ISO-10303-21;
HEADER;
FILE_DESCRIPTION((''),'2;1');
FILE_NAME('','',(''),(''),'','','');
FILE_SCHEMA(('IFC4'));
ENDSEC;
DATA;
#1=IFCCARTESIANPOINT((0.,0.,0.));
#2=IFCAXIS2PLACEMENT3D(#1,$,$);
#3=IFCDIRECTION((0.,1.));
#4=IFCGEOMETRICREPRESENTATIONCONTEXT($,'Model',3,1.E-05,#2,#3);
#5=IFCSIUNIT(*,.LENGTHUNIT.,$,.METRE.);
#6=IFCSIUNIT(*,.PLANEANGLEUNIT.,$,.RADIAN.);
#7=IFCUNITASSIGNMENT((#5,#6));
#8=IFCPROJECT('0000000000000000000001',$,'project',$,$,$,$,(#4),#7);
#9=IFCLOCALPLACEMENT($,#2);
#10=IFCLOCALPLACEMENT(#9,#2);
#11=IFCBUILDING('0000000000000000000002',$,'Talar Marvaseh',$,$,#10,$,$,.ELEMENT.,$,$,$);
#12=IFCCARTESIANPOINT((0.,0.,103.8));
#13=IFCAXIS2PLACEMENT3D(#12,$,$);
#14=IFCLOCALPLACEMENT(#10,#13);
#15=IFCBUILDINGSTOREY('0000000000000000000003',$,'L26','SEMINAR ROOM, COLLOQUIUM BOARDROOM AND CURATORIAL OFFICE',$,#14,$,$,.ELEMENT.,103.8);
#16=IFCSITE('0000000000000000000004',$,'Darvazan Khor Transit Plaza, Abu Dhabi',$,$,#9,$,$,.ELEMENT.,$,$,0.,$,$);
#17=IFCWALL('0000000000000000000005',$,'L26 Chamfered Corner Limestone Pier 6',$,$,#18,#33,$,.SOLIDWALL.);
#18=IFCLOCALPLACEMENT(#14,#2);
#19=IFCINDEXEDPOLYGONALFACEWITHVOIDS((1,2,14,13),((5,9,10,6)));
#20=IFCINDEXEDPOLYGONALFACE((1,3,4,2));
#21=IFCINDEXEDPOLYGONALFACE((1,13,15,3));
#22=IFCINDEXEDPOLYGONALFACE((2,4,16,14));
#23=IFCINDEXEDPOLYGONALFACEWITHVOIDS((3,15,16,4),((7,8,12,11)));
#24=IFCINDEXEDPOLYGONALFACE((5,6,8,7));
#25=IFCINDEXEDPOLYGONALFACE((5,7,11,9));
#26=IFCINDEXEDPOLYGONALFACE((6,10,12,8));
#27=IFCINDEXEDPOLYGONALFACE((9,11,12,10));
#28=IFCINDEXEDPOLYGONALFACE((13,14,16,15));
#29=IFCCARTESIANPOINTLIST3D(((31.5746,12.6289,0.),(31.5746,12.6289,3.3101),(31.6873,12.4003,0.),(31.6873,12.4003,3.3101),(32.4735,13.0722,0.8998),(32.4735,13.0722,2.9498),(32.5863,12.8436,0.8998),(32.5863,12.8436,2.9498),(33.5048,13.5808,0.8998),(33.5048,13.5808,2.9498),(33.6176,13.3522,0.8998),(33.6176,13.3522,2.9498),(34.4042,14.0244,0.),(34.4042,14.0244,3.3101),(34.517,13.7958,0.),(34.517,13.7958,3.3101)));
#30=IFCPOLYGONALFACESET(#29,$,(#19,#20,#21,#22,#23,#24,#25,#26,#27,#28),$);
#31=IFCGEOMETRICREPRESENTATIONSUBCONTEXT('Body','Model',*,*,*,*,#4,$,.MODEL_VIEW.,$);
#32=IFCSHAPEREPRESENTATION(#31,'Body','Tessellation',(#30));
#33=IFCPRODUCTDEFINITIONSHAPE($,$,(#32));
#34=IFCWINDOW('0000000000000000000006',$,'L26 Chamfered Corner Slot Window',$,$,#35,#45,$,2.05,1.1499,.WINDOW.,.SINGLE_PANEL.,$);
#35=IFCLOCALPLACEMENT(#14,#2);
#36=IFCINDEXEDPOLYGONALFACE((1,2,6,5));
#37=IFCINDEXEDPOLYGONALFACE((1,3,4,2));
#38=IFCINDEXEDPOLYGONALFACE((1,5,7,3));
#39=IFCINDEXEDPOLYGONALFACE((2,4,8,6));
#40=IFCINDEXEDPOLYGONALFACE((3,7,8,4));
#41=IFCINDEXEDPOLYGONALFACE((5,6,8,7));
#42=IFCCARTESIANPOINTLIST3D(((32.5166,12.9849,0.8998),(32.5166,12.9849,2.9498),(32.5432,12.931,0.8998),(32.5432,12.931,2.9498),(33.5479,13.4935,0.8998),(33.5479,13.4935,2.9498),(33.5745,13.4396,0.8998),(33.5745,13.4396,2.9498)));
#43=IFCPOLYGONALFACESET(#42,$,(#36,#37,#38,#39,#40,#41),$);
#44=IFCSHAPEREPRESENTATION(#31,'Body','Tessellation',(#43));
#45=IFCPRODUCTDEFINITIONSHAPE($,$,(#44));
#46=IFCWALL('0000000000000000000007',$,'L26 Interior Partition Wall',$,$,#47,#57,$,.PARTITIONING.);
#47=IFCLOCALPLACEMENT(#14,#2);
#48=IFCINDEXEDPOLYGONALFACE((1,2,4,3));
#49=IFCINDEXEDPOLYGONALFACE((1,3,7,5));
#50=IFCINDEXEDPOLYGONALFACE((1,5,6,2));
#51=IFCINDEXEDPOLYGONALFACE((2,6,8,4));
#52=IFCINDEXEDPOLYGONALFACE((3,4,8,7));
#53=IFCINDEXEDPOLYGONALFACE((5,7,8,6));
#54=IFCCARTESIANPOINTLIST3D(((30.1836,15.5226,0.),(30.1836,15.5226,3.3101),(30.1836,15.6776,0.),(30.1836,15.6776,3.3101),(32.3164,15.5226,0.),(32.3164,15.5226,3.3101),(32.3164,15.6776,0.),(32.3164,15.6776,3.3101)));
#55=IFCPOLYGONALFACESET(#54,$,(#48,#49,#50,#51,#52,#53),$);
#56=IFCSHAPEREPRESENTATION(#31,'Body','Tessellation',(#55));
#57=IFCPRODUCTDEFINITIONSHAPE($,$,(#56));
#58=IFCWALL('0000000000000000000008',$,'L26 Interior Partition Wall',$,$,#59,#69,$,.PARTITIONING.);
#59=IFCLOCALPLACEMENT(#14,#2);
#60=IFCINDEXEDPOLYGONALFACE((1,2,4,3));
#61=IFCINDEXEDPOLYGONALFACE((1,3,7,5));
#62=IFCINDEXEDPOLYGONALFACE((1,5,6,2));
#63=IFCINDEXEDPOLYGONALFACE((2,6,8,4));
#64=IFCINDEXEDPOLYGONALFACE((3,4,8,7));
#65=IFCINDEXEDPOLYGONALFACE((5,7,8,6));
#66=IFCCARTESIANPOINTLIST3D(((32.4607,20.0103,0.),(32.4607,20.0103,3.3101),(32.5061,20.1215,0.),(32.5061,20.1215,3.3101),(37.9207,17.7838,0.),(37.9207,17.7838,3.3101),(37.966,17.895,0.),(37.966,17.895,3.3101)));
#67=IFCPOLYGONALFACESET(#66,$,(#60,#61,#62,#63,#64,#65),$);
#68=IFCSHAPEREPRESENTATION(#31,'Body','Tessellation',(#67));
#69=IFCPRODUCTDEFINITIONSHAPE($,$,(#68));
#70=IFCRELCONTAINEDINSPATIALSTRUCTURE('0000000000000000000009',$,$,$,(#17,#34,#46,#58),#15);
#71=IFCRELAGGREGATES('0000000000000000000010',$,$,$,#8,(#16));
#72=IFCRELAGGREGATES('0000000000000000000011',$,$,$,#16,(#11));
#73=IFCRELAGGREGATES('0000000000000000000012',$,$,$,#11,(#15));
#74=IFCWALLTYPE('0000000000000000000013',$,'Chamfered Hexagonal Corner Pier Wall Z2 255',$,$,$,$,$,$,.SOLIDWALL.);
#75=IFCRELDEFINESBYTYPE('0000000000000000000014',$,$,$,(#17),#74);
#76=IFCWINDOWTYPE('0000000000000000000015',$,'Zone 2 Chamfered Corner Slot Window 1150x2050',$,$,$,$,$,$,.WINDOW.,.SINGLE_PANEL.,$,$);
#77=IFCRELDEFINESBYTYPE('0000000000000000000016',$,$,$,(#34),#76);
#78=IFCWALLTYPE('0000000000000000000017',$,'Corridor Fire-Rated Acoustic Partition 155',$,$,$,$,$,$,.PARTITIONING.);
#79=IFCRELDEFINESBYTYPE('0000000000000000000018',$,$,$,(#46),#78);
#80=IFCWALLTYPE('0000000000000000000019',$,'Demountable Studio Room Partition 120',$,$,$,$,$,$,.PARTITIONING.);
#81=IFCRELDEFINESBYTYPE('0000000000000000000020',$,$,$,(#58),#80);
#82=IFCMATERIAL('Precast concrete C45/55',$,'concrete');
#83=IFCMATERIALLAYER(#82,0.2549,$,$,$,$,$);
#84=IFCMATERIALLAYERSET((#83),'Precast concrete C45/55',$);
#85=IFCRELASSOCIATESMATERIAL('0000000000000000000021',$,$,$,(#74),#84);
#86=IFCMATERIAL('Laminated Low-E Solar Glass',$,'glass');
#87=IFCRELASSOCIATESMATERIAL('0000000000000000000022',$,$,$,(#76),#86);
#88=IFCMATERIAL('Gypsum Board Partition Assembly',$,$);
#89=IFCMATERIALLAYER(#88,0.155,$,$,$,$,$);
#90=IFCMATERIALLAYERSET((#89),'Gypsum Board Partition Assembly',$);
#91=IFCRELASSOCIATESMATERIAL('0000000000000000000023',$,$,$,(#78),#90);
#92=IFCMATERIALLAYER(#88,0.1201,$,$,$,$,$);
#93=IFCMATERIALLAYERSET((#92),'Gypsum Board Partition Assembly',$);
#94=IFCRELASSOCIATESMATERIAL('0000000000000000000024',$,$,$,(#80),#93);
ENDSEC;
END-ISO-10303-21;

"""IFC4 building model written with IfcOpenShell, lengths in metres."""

from ifc_helpers import new_model, si_unit, direction, frame, frame_2d, origin, place, context, subcontext, project, spatial, rectangle, extrude, source, transform, mapped, material, layer, layer_set, type_object, type_shapes, element, fill, save


model = new_model("IFC4")

# Units and contexts
model_context = context("Model", 3, precision=1e-05, world=origin(), true_north=direction((0.0, 1.0)))
body_context = subcontext(model_context, "Body", "Model", "MODEL_VIEW")
ifc_project = project(units=[si_unit("LENGTHUNIT", "METRE"), si_unit("PLANEANGLEUNIT", "RADIAN")], contexts=[model_context])

# Site, building, storey
site_placement = place(None, origin())
site = spatial("IfcSite", under=ifc_project, at=site_placement, Name="Darvazan Khor Transit Plaza, Abu Dhabi", CompositionType="ELEMENT", RefElevation=0.0)
building_placement = place(site_placement, origin())
building = spatial("IfcBuilding", under=site, at=building_placement, Name="Talar Marvaseh", CompositionType="ELEMENT")
storey_placement = place(building_placement, frame((0.0, 0.0, 103.8)))
storey = spatial("IfcBuildingStorey", under=building, at=storey_placement, Name="L26", Description="SEMINAR ROOM, COLLOQUIUM BOARDROOM AND CURATORIAL OFFICE", CompositionType="ELEMENT", Elevation=103.8)

# Shared definitions
ifc_material_1 = material(Name="Laminated Low-E Solar Glass", Category="glass")

# Wall, opening, window
ifc_material_2 = material(Name="Precast concrete C45/55", Category="concrete")
ifc_layer_1 = layer(ifc_material_2, 0.2549)
ifc_layer_set_1 = layer_set([ifc_layer_1], Name="Precast concrete C45/55")
wall_type_1 = type_object("IfcWallType", Name="Chamfered Hexagonal Corner Pier Wall Z2 255", PredefinedType="SOLIDWALL", material=ifc_layer_set_1)
wall_1_placement = place(storey_placement, frame((34.4607, 13.9102, 0.0), z_axis=(0.0, 0.0, 1.0), x_axis=(-0.896859, -0.442316, 0.0)))
wall_1 = element("IfcWall", 1, at=wall_1_placement, inside=storey, type_object=wall_type_1, Name="L26 Chamfered Corner Limestone Pier 6", PredefinedType="SOLIDWALL", context=body_context, shape_type="SweptSolid", body=[
    extrude(rectangle(XDim=3.155, YDim=0.2549, at=frame_2d((1.5776, 0.0))), origin(), (0.0, 0.0, 1.0), 3.3101),
])
opening_placement = place(wall_1_placement, frame((1.0029, 0.0, 0.8999)))
opening = element("IfcOpeningElement", 2, at=opening_placement, cuts=wall_1, PredefinedType="OPENING", context=body_context, shape_type="SweptSolid", body=[
    extrude(rectangle(XDim=1.1499, YDim=2.05, at=frame_2d((0.575, 1.0249))), frame((0.0, 0.1375, 0.0), z_axis=(0.0, -1.0, 0.0), x_axis=(1.0, 0.0, 0.0)), (0.0, 0.0, 1.0), 0.2749),
])
window_type = type_object("IfcWindowType", Name="Zone 2 Chamfered Corner Slot Window 1150x2050", PartitioningType="SINGLE_PANEL", PredefinedType="WINDOW", material=ifc_material_1)
shared_shape_1 = source(origin(), body_context, "Body", "SweptSolid", [
    extrude(rectangle(XDim=1.1499, YDim=2.05, at=frame_2d((0.575, 1.0249))), frame((0.0, 0.03, 0.0), z_axis=(0.0, -1.0, 0.0), x_axis=(1.0, 0.0, 0.0)), (0.0, 0.0, 1.0), 0.0601),
])
type_shapes(window_type, [shared_shape_1])
window_placement = place(opening_placement, origin())
window = element("IfcWindow", 3, at=window_placement, inside=storey, type_object=window_type, Name="L26 Chamfered Corner Slot Window", OverallHeight=2.05, OverallWidth=1.1499, PartitioningType="SINGLE_PANEL", PredefinedType="WINDOW", context=body_context, shape_type="MappedRepresentation", body=[
    mapped(shared_shape_1, transform((0.0, 0.0, 0.0), x_axis=(1.0, 0.0, 0.0), y_axis=(0.0, 1.0, 0.0), z_axis=(0.0, 0.0, 1.0), scale=1.0)),
])
fill(opening, window)

# Walls
ifc_material_3 = material(Name="Gypsum Board Partition Assembly")
ifc_layer_2 = layer(ifc_material_3, 0.155)
ifc_layer_set_2 = layer_set([ifc_layer_2], Name="Gypsum Board Partition Assembly")
wall_type_2 = type_object("IfcWallType", Name="Corridor Fire-Rated Acoustic Partition 155", PredefinedType="PARTITIONING", material=ifc_layer_set_2)
wall_2_placement = place(storey_placement, frame((32.3164, 15.6001, 0.0), z_axis=(0.0, 0.0, 1.0), x_axis=(-1.0, 0.0, 0.0)))
element("IfcWall", 4, at=wall_2_placement, inside=storey, type_object=wall_type_2, Name="L26 Interior Partition Wall", PredefinedType="PARTITIONING", context=body_context, shape_type="SweptSolid", body=[
    extrude(rectangle(XDim=2.1328, YDim=0.155, at=frame_2d((1.0664, 0.0))), origin(), (0.0, 0.0, 1.0), 3.3101),
])
ifc_layer_3 = layer(ifc_material_3, 0.1201)
ifc_layer_set_3 = layer_set([ifc_layer_3], Name="Gypsum Board Partition Assembly")
wall_type_3 = type_object("IfcWallType", Name="Demountable Studio Room Partition 120", PredefinedType="PARTITIONING", material=ifc_layer_set_3)
wall_3_placement = place(storey_placement, frame((32.4834, 20.0659, 0.0), z_axis=(0.0, 0.0, 1.0), x_axis=(0.925966, -0.377607, 0.0)))
element("IfcWall", 5, at=wall_3_placement, inside=storey, type_object=wall_type_3, Name="L26 Interior Partition Wall", PredefinedType="PARTITIONING", context=body_context, shape_type="SweptSolid", body=[
    extrude(rectangle(XDim=5.8965, YDim=0.1201, at=frame_2d((2.9482, 0.0))), origin(), (0.0, 0.0, 1.0), 3.3101),
])

save(model, "model.ifc")
